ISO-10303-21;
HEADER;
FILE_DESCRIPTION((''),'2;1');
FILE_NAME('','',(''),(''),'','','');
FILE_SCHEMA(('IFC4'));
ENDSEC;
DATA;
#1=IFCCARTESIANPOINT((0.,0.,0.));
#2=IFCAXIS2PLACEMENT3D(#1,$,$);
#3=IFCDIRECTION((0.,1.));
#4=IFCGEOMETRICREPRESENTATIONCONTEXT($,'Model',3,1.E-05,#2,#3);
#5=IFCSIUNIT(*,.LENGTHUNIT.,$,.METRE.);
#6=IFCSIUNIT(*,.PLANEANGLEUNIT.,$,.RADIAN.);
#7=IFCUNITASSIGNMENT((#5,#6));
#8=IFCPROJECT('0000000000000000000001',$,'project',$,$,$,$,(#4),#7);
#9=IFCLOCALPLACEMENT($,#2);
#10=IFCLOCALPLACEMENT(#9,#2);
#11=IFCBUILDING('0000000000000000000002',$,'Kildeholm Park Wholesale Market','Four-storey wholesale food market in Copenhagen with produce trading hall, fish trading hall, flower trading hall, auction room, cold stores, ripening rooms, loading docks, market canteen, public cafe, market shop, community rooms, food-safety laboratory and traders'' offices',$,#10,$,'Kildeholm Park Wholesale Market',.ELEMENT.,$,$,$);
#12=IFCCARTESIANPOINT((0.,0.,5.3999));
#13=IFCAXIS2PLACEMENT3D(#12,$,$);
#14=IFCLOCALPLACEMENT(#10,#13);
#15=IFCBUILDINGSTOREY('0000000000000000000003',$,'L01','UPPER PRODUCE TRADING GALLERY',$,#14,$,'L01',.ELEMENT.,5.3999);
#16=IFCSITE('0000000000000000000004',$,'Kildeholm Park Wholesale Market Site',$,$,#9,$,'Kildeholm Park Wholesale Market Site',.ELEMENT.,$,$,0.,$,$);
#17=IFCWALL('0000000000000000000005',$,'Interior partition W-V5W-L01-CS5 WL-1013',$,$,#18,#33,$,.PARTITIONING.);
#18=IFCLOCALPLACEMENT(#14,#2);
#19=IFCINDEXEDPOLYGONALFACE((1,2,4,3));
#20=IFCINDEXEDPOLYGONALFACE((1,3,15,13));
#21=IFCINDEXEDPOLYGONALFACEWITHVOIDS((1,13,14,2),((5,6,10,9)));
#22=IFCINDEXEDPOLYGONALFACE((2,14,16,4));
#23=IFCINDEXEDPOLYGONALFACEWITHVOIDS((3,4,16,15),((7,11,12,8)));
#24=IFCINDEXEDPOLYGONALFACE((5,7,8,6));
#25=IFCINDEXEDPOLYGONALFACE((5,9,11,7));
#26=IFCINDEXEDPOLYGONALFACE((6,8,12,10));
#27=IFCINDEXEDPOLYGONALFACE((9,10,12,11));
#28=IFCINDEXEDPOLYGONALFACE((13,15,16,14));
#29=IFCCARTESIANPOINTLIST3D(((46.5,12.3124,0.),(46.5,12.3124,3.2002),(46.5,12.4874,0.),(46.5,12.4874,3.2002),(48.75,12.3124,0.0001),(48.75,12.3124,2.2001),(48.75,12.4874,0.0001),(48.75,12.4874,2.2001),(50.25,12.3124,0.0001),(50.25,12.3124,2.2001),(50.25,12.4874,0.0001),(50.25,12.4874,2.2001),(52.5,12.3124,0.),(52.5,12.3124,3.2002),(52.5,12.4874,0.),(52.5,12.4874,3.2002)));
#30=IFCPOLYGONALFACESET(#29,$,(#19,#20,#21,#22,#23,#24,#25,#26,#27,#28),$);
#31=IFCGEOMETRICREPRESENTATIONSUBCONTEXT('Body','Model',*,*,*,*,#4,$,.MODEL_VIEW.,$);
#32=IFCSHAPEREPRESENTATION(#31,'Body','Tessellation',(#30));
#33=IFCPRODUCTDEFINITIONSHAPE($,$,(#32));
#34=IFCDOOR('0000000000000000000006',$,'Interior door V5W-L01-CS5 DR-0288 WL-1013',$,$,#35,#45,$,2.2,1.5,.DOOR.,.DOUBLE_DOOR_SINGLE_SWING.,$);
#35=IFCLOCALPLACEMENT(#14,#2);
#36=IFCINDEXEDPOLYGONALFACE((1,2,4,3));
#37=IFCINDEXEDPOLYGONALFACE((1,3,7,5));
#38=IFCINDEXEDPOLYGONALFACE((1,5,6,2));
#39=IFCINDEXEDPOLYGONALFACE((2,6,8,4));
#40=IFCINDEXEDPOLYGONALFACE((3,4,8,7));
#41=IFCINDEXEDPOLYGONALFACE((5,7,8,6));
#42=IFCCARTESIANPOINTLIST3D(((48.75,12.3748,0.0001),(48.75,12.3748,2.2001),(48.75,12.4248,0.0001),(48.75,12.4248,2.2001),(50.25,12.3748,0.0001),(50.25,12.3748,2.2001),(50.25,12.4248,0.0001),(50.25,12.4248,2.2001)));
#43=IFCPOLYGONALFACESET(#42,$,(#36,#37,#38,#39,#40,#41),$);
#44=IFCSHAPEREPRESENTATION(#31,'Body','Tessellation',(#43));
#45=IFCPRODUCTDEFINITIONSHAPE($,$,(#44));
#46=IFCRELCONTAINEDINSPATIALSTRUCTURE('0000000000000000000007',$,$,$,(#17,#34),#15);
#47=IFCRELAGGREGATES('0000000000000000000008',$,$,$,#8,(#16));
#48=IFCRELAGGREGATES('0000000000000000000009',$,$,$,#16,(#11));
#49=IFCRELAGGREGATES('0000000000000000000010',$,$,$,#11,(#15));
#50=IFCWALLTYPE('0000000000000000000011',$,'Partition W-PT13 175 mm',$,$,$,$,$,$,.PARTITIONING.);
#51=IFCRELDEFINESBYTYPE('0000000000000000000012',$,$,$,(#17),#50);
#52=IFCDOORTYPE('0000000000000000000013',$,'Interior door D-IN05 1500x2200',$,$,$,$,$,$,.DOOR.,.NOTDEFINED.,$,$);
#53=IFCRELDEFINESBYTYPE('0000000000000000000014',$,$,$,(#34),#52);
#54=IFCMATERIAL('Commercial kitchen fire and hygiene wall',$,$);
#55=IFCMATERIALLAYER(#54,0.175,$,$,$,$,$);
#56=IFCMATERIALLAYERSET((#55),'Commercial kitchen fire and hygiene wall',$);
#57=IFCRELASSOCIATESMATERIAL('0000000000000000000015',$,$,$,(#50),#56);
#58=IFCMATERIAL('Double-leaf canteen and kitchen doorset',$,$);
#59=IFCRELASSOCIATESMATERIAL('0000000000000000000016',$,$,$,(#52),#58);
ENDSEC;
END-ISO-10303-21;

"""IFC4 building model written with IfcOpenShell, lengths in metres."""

from ifc_helpers import new_model, si_unit, direction, frame, frame_2d, origin, place, context, subcontext, project, spatial, rectangle, extrude, material, layer, layer_set, type_object, element, fill, save


model = new_model("IFC4")

# Units and contexts
model_context = context("Model", 3, precision=1e-05, world=origin(), true_north=direction((0.0, 1.0)))
body_context = subcontext(model_context, "Body", "Model", "MODEL_VIEW")
ifc_project = project(units=[si_unit("LENGTHUNIT", "METRE"), si_unit("PLANEANGLEUNIT", "RADIAN")], contexts=[model_context])

# Site, building, storey
site_placement = place(None, origin())
site = spatial("IfcSite", under=ifc_project, at=site_placement, Name="Kildeholm Park Wholesale Market Site", LongName="Kildeholm Park Wholesale Market Site", CompositionType="ELEMENT", RefElevation=0.0)
building_placement = place(site_placement, origin())
building = spatial("IfcBuilding", under=site, at=building_placement, Name="Kildeholm Park Wholesale Market", Description="Four-storey wholesale food market in Copenhagen with produce trading hall, fish trading hall, flower trading hall, auction room, cold stores, ripening rooms, loading docks, market canteen, public cafe, market shop, community rooms, food-safety laboratory and traders' offices", LongName="Kildeholm Park Wholesale Market", CompositionType="ELEMENT")
storey_placement = place(building_placement, frame((0.0, 0.0, 5.3999)))
storey = spatial("IfcBuildingStorey", under=building, at=storey_placement, Name="L01", Description="UPPER PRODUCE TRADING GALLERY", LongName="L01", CompositionType="ELEMENT", Elevation=5.3999)

# Wall, opening, door
ifc_material_1 = material(Name="Commercial kitchen fire and hygiene wall")
ifc_layer_1 = layer(ifc_material_1, 0.175)
ifc_layer_set_1 = layer_set([ifc_layer_1], Name="Commercial kitchen fire and hygiene wall")
wall_type_1 = type_object("IfcWallType", Name="Partition W-PT13 175 mm", PredefinedType="PARTITIONING", material=ifc_layer_set_1)
wall_1_placement = place(storey_placement, frame((46.5, 12.3999, 0.0), z_axis=(0.0, 0.0, 1.0), x_axis=(1.0, 0.0, 0.0)))
wall_1 = element("IfcWall", 1, at=wall_1_placement, inside=storey, type_object=wall_type_1, Name="Interior partition W-V5W-L01-CS5 WL-1013", PredefinedType="PARTITIONING", context=body_context, shape_type="SweptSolid", body=[
    extrude(rectangle(XDim=6.0, YDim=0.175, at=frame_2d((3.0, 0.0))), origin(), (0.0, 0.0, 1.0), 3.2002),
])
opening_1_placement = place(wall_1_placement, frame((2.25, 0.0, 0.0)))
opening_1 = element("IfcOpeningElement", 2, at=opening_1_placement, cuts=wall_1, PredefinedType="OPENING", context=body_context, shape_type="SweptSolid", body=[
    extrude(rectangle(XDim=1.5, YDim=2.2, at=frame_2d((0.75, 1.1001))), frame((0.0, 0.0974, 0.0), z_axis=(0.0, -1.0, 0.0), x_axis=(1.0, 0.0, 0.0)), (0.0, 0.0, 1.0), 0.1951),
])
ifc_material_2 = material(Name="Double-leaf canteen and kitchen doorset")
door_type_1 = type_object("IfcDoorType", Name="Interior door D-IN05 1500x2200", OperationType="NOTDEFINED", PredefinedType="DOOR", material=ifc_material_2)
door_1_placement = place(opening_1_placement, origin())
door_1 = element("IfcDoor", 3, at=door_1_placement, inside=storey, type_object=door_type_1, Name="Interior door V5W-L01-CS5 DR-0288 WL-1013", OperationType="DOUBLE_DOOR_SINGLE_SWING", OverallHeight=2.2, OverallWidth=1.5, PredefinedType="DOOR", context=body_context, shape_type="SweptSolid", body=[
    extrude(rectangle(XDim=1.5, YDim=2.2, at=frame_2d((0.75, 1.1001))), frame((0.0, 0.0249, 0.0), z_axis=(0.0, -1.0, 0.0), x_axis=(1.0, 0.0, 0.0)), (0.0, 0.0, 1.0), 0.05),
])
fill(opening_1, door_1)

save(model, "model.ifc")
